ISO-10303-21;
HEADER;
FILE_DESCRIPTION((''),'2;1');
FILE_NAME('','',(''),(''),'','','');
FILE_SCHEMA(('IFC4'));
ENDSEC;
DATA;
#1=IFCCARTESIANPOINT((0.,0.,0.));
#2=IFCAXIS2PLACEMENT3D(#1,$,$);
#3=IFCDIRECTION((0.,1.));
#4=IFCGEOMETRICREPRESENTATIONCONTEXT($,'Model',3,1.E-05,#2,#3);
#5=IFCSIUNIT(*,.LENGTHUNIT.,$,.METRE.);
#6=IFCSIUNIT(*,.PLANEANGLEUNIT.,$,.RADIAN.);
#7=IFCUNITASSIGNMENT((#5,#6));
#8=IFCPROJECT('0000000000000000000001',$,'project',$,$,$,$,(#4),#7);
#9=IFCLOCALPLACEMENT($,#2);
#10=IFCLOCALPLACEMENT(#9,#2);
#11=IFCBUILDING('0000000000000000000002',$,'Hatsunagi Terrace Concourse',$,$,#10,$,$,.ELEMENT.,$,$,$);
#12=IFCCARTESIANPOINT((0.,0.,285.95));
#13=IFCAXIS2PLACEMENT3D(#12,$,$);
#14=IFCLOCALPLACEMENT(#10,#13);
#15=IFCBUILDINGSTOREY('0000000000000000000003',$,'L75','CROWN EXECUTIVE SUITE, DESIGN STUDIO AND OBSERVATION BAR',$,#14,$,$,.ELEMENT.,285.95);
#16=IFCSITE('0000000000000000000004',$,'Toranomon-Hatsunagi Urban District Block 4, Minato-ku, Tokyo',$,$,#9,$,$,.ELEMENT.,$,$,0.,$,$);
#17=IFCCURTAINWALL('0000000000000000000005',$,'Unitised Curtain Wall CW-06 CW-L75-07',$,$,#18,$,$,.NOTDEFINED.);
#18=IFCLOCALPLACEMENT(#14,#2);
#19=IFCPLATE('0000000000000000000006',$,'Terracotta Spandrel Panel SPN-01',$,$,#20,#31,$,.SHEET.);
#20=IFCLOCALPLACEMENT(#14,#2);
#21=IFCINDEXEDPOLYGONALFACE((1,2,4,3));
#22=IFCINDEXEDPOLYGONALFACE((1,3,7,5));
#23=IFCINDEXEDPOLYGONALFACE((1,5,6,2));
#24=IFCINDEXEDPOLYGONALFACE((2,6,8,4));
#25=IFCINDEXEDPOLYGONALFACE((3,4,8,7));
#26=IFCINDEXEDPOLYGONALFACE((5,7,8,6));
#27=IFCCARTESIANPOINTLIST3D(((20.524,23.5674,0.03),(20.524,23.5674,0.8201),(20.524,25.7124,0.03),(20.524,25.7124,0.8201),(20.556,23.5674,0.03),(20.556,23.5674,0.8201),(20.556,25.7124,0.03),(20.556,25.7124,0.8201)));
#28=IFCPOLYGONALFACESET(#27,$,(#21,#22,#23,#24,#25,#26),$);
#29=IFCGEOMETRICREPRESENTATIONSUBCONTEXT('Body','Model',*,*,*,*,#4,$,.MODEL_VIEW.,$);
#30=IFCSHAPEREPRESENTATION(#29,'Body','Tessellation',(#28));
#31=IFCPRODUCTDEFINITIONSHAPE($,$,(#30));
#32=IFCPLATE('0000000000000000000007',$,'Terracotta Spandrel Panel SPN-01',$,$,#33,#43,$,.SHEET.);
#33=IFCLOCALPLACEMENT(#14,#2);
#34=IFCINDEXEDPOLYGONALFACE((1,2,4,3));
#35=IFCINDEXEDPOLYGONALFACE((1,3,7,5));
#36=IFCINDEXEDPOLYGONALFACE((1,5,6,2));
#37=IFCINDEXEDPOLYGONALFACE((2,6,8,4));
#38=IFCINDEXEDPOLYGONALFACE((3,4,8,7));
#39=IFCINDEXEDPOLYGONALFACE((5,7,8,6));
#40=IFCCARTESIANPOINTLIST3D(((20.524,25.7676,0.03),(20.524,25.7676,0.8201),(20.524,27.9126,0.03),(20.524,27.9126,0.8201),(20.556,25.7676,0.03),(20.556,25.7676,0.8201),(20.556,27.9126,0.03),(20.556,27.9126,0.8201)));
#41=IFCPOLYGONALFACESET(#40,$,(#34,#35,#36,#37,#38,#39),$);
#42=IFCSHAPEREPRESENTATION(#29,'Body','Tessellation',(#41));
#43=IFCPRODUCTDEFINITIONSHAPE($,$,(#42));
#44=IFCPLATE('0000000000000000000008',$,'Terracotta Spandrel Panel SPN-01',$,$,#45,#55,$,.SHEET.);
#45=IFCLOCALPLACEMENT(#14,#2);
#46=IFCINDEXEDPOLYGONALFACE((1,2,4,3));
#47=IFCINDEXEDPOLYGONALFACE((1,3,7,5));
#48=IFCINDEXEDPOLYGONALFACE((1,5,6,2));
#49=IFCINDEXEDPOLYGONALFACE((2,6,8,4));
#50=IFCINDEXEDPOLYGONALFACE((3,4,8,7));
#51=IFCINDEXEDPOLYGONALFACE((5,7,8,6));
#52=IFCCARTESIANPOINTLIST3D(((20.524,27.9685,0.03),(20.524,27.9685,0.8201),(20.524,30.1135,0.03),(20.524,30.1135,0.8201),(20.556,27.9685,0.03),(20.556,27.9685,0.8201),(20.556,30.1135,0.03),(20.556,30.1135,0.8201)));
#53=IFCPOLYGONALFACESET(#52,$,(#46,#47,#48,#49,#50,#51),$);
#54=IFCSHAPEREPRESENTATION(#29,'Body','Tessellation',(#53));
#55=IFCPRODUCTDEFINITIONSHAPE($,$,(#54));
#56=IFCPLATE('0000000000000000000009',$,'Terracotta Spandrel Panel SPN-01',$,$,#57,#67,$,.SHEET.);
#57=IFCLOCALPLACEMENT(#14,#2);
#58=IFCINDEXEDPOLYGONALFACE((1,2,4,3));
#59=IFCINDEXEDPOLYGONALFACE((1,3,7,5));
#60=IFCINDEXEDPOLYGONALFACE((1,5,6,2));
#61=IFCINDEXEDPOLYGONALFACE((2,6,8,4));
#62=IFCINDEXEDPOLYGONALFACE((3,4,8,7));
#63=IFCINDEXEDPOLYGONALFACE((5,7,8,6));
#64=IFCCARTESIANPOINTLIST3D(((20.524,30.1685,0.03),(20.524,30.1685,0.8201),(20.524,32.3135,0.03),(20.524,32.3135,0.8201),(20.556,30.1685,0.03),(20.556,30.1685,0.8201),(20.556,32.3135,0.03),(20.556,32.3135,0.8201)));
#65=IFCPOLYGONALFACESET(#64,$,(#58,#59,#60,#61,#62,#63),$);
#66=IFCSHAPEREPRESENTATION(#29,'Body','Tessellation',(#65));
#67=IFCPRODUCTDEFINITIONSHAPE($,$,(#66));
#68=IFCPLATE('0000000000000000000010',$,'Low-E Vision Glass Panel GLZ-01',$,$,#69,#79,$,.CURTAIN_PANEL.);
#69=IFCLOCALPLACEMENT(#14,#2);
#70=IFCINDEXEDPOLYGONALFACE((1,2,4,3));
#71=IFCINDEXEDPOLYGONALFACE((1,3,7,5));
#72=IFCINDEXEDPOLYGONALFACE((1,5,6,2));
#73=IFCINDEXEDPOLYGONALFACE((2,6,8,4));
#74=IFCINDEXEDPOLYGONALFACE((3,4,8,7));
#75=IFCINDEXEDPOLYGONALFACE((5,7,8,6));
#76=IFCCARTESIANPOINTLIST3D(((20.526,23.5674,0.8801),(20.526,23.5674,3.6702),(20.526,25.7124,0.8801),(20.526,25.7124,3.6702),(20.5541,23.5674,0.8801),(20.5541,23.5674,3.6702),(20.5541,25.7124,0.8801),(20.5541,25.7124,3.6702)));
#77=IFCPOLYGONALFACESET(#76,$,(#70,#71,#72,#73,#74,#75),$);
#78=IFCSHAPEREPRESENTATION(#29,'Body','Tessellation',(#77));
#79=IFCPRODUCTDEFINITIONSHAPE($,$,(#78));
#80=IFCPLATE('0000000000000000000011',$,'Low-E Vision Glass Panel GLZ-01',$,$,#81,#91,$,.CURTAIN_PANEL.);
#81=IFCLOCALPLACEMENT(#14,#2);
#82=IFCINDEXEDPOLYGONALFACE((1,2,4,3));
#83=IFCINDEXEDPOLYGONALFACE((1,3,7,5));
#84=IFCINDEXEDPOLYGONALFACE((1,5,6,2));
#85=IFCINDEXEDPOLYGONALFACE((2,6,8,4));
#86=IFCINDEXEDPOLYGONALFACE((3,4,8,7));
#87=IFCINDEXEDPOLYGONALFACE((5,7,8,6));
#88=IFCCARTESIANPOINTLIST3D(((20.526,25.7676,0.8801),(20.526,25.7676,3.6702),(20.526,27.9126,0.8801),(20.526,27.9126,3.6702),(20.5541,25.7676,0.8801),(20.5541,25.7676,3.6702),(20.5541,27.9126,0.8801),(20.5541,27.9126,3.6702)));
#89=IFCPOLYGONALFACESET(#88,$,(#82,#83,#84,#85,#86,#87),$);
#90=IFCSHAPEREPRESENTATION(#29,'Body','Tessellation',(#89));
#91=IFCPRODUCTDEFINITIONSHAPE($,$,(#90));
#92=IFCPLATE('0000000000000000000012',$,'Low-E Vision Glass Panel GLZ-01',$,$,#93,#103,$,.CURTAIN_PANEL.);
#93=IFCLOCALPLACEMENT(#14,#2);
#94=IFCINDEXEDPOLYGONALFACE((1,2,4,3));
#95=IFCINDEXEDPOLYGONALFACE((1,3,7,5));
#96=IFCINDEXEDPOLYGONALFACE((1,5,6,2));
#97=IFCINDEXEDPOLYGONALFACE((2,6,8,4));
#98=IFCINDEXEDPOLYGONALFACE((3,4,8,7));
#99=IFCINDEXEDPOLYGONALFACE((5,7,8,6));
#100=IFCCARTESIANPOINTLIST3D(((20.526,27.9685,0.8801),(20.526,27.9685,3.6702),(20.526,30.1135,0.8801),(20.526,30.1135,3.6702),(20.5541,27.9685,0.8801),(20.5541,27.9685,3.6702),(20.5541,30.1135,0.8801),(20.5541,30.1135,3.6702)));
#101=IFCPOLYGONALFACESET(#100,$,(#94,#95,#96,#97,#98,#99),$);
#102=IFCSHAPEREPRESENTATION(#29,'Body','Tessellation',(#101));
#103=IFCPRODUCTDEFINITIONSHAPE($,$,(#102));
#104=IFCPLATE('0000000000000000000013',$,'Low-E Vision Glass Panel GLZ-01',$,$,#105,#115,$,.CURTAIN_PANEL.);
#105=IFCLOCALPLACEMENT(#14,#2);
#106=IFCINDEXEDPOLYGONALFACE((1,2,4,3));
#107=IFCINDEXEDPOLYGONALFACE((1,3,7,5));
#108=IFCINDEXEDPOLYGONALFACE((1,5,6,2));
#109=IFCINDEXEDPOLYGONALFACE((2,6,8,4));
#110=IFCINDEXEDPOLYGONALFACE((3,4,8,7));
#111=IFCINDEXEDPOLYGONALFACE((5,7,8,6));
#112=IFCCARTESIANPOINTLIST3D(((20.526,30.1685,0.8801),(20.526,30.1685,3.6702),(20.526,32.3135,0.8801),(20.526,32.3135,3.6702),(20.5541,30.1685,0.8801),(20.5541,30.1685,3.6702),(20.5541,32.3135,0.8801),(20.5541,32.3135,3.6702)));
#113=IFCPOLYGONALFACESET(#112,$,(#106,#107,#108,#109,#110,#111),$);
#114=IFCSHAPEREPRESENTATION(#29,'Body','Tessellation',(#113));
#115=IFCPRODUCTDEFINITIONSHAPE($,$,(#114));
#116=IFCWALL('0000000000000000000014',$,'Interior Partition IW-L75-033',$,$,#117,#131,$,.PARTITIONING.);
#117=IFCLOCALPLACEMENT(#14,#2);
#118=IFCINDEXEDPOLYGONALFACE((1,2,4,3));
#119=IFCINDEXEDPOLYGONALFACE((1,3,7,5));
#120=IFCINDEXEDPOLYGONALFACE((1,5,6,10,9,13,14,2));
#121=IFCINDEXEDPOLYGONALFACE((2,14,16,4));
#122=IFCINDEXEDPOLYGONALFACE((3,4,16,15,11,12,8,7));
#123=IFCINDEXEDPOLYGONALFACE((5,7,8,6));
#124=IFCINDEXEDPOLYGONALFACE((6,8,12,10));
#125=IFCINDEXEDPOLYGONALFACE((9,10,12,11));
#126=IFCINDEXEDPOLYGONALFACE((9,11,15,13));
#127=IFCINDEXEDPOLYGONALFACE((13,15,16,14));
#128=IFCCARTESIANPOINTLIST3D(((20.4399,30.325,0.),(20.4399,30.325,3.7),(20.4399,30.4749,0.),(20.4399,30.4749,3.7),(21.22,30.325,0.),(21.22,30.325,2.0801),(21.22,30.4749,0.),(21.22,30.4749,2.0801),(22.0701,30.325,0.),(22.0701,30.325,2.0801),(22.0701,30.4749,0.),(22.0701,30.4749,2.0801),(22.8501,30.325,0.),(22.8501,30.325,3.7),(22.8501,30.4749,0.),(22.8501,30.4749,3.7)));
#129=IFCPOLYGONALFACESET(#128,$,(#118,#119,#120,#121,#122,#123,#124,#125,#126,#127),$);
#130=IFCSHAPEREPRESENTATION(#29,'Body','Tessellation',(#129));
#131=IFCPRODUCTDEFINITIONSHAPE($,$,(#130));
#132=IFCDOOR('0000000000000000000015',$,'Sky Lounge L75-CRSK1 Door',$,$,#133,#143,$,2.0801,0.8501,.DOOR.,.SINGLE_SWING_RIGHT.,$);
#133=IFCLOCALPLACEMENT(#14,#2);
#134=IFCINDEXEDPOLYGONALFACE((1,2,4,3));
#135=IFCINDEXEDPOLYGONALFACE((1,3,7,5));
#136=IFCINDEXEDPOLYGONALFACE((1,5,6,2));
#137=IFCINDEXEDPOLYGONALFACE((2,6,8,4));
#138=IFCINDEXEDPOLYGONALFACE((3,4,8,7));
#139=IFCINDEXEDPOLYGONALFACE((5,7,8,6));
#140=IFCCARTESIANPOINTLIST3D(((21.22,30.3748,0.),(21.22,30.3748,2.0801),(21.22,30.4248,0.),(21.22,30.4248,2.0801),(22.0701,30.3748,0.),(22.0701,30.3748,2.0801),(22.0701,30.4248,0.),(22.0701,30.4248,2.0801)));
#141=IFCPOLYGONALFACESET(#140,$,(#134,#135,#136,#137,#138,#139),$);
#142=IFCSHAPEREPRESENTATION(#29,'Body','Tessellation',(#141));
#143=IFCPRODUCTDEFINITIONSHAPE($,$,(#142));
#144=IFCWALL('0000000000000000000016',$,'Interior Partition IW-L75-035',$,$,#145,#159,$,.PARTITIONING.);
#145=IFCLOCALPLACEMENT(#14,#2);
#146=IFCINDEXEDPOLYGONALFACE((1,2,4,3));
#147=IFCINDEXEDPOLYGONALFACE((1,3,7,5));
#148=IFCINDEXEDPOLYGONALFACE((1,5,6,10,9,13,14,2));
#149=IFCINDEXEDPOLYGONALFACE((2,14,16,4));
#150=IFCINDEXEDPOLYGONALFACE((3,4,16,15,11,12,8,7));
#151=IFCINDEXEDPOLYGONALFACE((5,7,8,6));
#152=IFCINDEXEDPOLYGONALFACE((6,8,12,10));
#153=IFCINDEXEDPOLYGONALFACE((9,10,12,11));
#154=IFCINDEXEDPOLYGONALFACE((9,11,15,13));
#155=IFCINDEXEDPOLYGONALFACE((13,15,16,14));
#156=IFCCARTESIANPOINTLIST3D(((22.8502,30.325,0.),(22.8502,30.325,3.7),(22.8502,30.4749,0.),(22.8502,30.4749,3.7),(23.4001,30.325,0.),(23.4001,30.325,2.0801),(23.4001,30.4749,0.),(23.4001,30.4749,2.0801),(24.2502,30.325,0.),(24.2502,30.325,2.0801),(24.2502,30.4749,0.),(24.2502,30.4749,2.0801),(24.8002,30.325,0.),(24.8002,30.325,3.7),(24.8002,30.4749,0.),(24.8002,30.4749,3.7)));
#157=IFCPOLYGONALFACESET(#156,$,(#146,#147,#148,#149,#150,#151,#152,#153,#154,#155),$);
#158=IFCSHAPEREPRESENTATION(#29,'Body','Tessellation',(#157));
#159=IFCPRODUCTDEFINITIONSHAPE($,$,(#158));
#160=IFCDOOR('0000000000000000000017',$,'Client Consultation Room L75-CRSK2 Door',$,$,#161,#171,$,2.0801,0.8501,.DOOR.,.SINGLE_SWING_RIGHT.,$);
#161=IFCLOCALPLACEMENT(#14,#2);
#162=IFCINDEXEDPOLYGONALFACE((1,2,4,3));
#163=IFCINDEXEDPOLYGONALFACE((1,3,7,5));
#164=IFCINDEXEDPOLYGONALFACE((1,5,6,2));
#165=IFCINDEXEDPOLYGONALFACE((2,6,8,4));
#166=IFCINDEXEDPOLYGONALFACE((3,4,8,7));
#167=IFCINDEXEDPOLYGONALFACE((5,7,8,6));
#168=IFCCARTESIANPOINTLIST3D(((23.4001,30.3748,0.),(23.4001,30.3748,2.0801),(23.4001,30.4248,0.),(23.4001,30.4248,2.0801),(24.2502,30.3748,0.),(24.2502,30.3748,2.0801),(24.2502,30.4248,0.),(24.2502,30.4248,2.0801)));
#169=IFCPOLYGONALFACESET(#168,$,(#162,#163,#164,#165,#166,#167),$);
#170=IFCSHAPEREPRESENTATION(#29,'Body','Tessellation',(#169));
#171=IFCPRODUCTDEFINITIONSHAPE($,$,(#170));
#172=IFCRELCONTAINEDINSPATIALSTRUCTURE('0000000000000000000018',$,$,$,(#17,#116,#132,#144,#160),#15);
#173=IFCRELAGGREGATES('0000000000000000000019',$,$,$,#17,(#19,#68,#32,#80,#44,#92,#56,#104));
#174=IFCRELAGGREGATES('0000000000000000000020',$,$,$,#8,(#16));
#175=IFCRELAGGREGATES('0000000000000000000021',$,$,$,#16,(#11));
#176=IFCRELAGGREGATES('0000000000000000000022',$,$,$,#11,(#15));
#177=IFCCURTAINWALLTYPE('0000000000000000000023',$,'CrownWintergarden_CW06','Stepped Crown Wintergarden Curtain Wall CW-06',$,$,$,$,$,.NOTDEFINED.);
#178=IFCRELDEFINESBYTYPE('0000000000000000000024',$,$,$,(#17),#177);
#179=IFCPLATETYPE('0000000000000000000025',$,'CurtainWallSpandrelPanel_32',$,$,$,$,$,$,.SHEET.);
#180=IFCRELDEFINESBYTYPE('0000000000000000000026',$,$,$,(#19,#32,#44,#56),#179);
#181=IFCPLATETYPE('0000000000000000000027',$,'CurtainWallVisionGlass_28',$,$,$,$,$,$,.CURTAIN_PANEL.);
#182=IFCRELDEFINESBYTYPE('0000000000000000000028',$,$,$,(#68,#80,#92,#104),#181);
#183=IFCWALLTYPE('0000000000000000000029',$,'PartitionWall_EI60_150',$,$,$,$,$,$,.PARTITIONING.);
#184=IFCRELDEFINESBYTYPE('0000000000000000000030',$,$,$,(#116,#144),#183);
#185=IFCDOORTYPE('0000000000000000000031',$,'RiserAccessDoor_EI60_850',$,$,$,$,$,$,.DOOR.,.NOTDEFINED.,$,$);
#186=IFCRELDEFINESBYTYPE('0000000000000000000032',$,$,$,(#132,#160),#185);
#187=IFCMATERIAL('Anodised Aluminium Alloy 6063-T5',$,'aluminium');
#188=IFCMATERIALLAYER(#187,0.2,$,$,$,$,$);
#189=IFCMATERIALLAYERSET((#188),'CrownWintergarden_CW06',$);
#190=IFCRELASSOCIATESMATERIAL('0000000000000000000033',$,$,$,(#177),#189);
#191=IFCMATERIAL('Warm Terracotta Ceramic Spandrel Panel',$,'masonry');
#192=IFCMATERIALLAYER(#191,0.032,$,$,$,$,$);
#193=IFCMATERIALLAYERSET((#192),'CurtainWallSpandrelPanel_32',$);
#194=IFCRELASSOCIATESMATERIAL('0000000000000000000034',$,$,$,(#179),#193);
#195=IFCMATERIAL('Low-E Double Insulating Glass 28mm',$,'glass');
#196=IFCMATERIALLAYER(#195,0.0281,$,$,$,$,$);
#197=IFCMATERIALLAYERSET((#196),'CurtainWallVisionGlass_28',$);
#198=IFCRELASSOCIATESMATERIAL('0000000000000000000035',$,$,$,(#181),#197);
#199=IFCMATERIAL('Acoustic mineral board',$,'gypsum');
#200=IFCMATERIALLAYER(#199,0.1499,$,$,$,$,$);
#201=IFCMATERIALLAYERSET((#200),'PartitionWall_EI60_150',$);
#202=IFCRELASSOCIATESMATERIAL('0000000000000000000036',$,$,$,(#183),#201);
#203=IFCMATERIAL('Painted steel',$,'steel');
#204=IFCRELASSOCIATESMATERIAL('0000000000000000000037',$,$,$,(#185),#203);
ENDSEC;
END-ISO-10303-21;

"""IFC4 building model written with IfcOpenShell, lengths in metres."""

from ifc_helpers import new_model, si_unit, direction, frame, frame_2d, origin, origin_2d, place, context, subcontext, project, spatial, rectangle, extrude, material, layer, layer_set, type_object, element, fill, aggregate, save


model = new_model("IFC4")

# Units and contexts
model_context = context("Model", 3, precision=1e-05, world=origin(), true_north=direction((0.0, 1.0)))
body_context = subcontext(model_context, "Body", "Model", "MODEL_VIEW")
ifc_project = project(units=[si_unit("LENGTHUNIT", "METRE"), si_unit("PLANEANGLEUNIT", "RADIAN")], contexts=[model_context])

# Site, building, storey
site_placement = place(None, origin())
site = spatial("IfcSite", under=ifc_project, at=site_placement, Name="Toranomon-Hatsunagi Urban District Block 4, Minato-ku, Tokyo", CompositionType="ELEMENT", RefElevation=0.0)
building_placement = place(site_placement, origin())
building = spatial("IfcBuilding", under=site, at=building_placement, Name="Hatsunagi Terrace Concourse", CompositionType="ELEMENT")
storey_placement = place(building_placement, frame((0.0, 0.0, 285.95)))
storey = spatial("IfcBuildingStorey", under=building, at=storey_placement, Name="L75", Description="CROWN EXECUTIVE SUITE, DESIGN STUDIO AND OBSERVATION BAR", CompositionType="ELEMENT", Elevation=285.95)

# Curtain wall
ifc_material_1 = material(Name="Anodised Aluminium Alloy 6063-T5", Category="aluminium")
ifc_layer_1 = layer(ifc_material_1, 0.2)
ifc_layer_set_1 = layer_set([ifc_layer_1], Name="CrownWintergarden_CW06")
curtain_wall_type = type_object("IfcCurtainWallType", Name="CrownWintergarden_CW06", Description="Stepped Crown Wintergarden Curtain Wall CW-06", PredefinedType="NOTDEFINED", material=ifc_layer_set_1)
curtain_wall_placement = place(storey_placement, origin())
curtain_wall = element("IfcCurtainWall", 1, at=curtain_wall_placement, inside=storey, type_object=curtain_wall_type, Name="Unitised Curtain Wall CW-06 CW-L75-07", PredefinedType="NOTDEFINED")

# Plates
ifc_material_2 = material(Name="Warm Terracotta Ceramic Spandrel Panel", Category="masonry")
ifc_layer_2 = layer(ifc_material_2, 0.032)
ifc_layer_set_2 = layer_set([ifc_layer_2], Name="CurtainWallSpandrelPanel_32")
plate_type_1 = type_object("IfcPlateType", Name="CurtainWallSpandrelPanel_32", PredefinedType="SHEET", material=ifc_layer_set_2)
plate_1_placement = place(storey_placement, frame((20.54, 24.6399, 0.03), z_axis=(0.0, 0.0, 1.0), x_axis=(0.0, 1.0, 0.0)))
plate_1 = element("IfcPlate", 2, at=plate_1_placement, type_object=plate_type_1, Name="Terracotta Spandrel Panel SPN-01", PredefinedType="SHEET", context=body_context, shape_type="SweptSolid", body=[
    extrude(rectangle(XDim=2.145, YDim=0.032, at=origin_2d()), origin(), (0.0, 0.0, 1.0), 0.79),
])
plate_2_placement = place(storey_placement, frame((20.54, 26.8401, 0.03), z_axis=(0.0, 0.0, 1.0), x_axis=(0.0, 1.0, 0.0)))
plate_2 = element("IfcPlate", 3, at=plate_2_placement, type_object=plate_type_1, Name="Terracotta Spandrel Panel SPN-01", PredefinedType="SHEET", context=body_context, shape_type="SweptSolid", body=[
    extrude(rectangle(XDim=2.145, YDim=0.032, at=origin_2d()), origin(), (0.0, 0.0, 1.0), 0.79),
])
plate_3_placement = place(storey_placement, frame((20.54, 29.041, 0.03), z_axis=(0.0, 0.0, 1.0), x_axis=(0.0, 1.0, 0.0)))
plate_3 = element("IfcPlate", 4, at=plate_3_placement, type_object=plate_type_1, Name="Terracotta Spandrel Panel SPN-01", PredefinedType="SHEET", context=body_context, shape_type="SweptSolid", body=[
    extrude(rectangle(XDim=2.145, YDim=0.032, at=origin_2d()), origin(), (0.0, 0.0, 1.0), 0.79),
])
plate_4_placement = place(storey_placement, frame((20.54, 31.241, 0.03), z_axis=(0.0, 0.0, 1.0), x_axis=(0.0, 1.0, 0.0)))
plate_4 = element("IfcPlate", 5, at=plate_4_placement, type_object=plate_type_1, Name="Terracotta Spandrel Panel SPN-01", PredefinedType="SHEET", context=body_context, shape_type="SweptSolid", body=[
    extrude(rectangle(XDim=2.145, YDim=0.032, at=origin_2d()), origin(), (0.0, 0.0, 1.0), 0.79),
])
ifc_material_3 = material(Name="Low-E Double Insulating Glass 28mm", Category="glass")
ifc_layer_3 = layer(ifc_material_3, 0.0281)
ifc_layer_set_3 = layer_set([ifc_layer_3], Name="CurtainWallVisionGlass_28")
plate_type_2 = type_object("IfcPlateType", Name="CurtainWallVisionGlass_28", PredefinedType="CURTAIN_PANEL", material=ifc_layer_set_3)
plate_5_placement = place(storey_placement, frame((20.54, 24.6399, 0.8801), z_axis=(0.0, 0.0, 1.0), x_axis=(0.0, 1.0, 0.0)))
plate_5 = element("IfcPlate", 6, at=plate_5_placement, type_object=plate_type_2, Name="Low-E Vision Glass Panel GLZ-01", PredefinedType="CURTAIN_PANEL", context=body_context, shape_type="SweptSolid", body=[
    extrude(rectangle(XDim=2.145, YDim=0.0281, at=origin_2d()), origin(), (0.0, 0.0, 1.0), 2.79),
])
plate_6_placement = place(storey_placement, frame((20.54, 26.8401, 0.8801), z_axis=(0.0, 0.0, 1.0), x_axis=(0.0, 1.0, 0.0)))
plate_6 = element("IfcPlate", 7, at=plate_6_placement, type_object=plate_type_2, Name="Low-E Vision Glass Panel GLZ-01", PredefinedType="CURTAIN_PANEL", context=body_context, shape_type="SweptSolid", body=[
    extrude(rectangle(XDim=2.145, YDim=0.0281, at=origin_2d()), origin(), (0.0, 0.0, 1.0), 2.79),
])
plate_7_placement = place(storey_placement, frame((20.54, 29.041, 0.8801), z_axis=(0.0, 0.0, 1.0), x_axis=(0.0, 1.0, 0.0)))
plate_7 = element("IfcPlate", 8, at=plate_7_placement, type_object=plate_type_2, Name="Low-E Vision Glass Panel GLZ-01", PredefinedType="CURTAIN_PANEL", context=body_context, shape_type="SweptSolid", body=[
    extrude(rectangle(XDim=2.145, YDim=0.0281, at=origin_2d()), origin(), (0.0, 0.0, 1.0), 2.79),
])
plate_8_placement = place(storey_placement, frame((20.54, 31.241, 0.8801), z_axis=(0.0, 0.0, 1.0), x_axis=(0.0, 1.0, 0.0)))
plate_8 = element("IfcPlate", 9, at=plate_8_placement, type_object=plate_type_2, Name="Low-E Vision Glass Panel GLZ-01", PredefinedType="CURTAIN_PANEL", context=body_context, shape_type="SweptSolid", body=[
    extrude(rectangle(XDim=2.145, YDim=0.0281, at=origin_2d()), origin(), (0.0, 0.0, 1.0), 2.79),
])
aggregate(curtain_wall, [plate_1, plate_5, plate_2, plate_6, plate_3, plate_7, plate_4, plate_8])

# Walls, openings, doors
ifc_material_4 = material(Name="Acoustic mineral board", Category="gypsum")
ifc_layer_4 = layer(ifc_material_4, 0.1499)
ifc_layer_set_4 = layer_set([ifc_layer_4], Name="PartitionWall_EI60_150")
wall_type = type_object("IfcWallType", Name="PartitionWall_EI60_150", PredefinedType="PARTITIONING", material=ifc_layer_set_4)
wall_1_placement = place(storey_placement, frame((20.4399, 30.3999, 0.0), z_axis=(0.0, 0.0, 1.0), x_axis=(1.0, 0.0, 0.0)))
wall_1 = element("IfcWall", 10, at=wall_1_placement, inside=storey, type_object=wall_type, Name="Interior Partition IW-L75-033", PredefinedType="PARTITIONING", context=body_context, shape_type="SweptSolid", body=[
    extrude(rectangle(XDim=2.4102, YDim=0.1499, at=frame_2d((1.2051, 0.0))), origin(), (0.0, 0.0, 1.0), 3.7),
])
opening_1_placement = place(wall_1_placement, frame((0.78, 0.0, 0.0)))
opening_1 = element("IfcOpeningElement", 11, at=opening_1_placement, cuts=wall_1, PredefinedType="OPENING", context=body_context, shape_type="SweptSolid", body=[
    extrude(rectangle(XDim=0.8501, YDim=2.0801, at=frame_2d((0.425, 1.04))), frame((0.0, 0.085, 0.0), z_axis=(0.0, -1.0, 0.0), x_axis=(1.0, 0.0, 0.0)), (0.0, 0.0, 1.0), 0.1699),
])
ifc_material_5 = material(Name="Painted steel", Category="steel")
door_type_1 = type_object("IfcDoorType", Name="RiserAccessDoor_EI60_850", OperationType="NOTDEFINED", PredefinedType="DOOR", material=ifc_material_5)
door_1_placement = place(opening_1_placement, origin())
door_1 = element("IfcDoor", 12, at=door_1_placement, inside=storey, type_object=door_type_1, Name="Sky Lounge L75-CRSK1 Door", OperationType="SINGLE_SWING_RIGHT", OverallHeight=2.0801, OverallWidth=0.8501, PredefinedType="DOOR", context=body_context, shape_type="SweptSolid", body=[
    extrude(rectangle(XDim=0.8501, YDim=2.0801, at=frame_2d((0.425, 1.04))), frame((0.0, 0.0249, 0.0), z_axis=(0.0, -1.0, 0.0), x_axis=(1.0, 0.0, 0.0)), (0.0, 0.0, 1.0), 0.05),
])
fill(opening_1, door_1)
wall_2_placement = place(storey_placement, frame((22.8501, 30.3999, 0.0), z_axis=(0.0, 0.0, 1.0), x_axis=(1.0, 0.0, 0.0)))
wall_2 = element("IfcWall", 13, at=wall_2_placement, inside=storey, type_object=wall_type, Name="Interior Partition IW-L75-035", PredefinedType="PARTITIONING", context=body_context, shape_type="SweptSolid", body=[
    extrude(rectangle(XDim=1.95, YDim=0.1499, at=frame_2d((0.9751, 0.0))), origin(), (0.0, 0.0, 1.0), 3.7),
])
opening_2_placement = place(wall_2_placement, frame((0.55, 0.0, 0.0)))
opening_2 = element("IfcOpeningElement", 14, at=opening_2_placement, cuts=wall_2, PredefinedType="OPENING", context=body_context, shape_type="SweptSolid", body=[
    extrude(rectangle(XDim=0.8501, YDim=2.0801, at=frame_2d((0.425, 1.04))), frame((0.0, 0.085, 0.0), z_axis=(0.0, -1.0, 0.0), x_axis=(1.0, 0.0, 0.0)), (0.0, 0.0, 1.0), 0.1699),
])
door_2_placement = place(opening_2_placement, origin())
door_2 = element("IfcDoor", 15, at=door_2_placement, inside=storey, type_object=door_type_1, Name="Client Consultation Room L75-CRSK2 Door", OperationType="SINGLE_SWING_RIGHT", OverallHeight=2.0801, OverallWidth=0.8501, PredefinedType="DOOR", context=body_context, shape_type="SweptSolid", body=[
    extrude(rectangle(XDim=0.8501, YDim=2.0801, at=frame_2d((0.425, 1.04))), frame((0.0, 0.0249, 0.0), z_axis=(0.0, -1.0, 0.0), x_axis=(1.0, 0.0, 0.0)), (0.0, 0.0, 1.0), 0.05),
])
fill(opening_2, door_2)

save(model, "model.ifc")
